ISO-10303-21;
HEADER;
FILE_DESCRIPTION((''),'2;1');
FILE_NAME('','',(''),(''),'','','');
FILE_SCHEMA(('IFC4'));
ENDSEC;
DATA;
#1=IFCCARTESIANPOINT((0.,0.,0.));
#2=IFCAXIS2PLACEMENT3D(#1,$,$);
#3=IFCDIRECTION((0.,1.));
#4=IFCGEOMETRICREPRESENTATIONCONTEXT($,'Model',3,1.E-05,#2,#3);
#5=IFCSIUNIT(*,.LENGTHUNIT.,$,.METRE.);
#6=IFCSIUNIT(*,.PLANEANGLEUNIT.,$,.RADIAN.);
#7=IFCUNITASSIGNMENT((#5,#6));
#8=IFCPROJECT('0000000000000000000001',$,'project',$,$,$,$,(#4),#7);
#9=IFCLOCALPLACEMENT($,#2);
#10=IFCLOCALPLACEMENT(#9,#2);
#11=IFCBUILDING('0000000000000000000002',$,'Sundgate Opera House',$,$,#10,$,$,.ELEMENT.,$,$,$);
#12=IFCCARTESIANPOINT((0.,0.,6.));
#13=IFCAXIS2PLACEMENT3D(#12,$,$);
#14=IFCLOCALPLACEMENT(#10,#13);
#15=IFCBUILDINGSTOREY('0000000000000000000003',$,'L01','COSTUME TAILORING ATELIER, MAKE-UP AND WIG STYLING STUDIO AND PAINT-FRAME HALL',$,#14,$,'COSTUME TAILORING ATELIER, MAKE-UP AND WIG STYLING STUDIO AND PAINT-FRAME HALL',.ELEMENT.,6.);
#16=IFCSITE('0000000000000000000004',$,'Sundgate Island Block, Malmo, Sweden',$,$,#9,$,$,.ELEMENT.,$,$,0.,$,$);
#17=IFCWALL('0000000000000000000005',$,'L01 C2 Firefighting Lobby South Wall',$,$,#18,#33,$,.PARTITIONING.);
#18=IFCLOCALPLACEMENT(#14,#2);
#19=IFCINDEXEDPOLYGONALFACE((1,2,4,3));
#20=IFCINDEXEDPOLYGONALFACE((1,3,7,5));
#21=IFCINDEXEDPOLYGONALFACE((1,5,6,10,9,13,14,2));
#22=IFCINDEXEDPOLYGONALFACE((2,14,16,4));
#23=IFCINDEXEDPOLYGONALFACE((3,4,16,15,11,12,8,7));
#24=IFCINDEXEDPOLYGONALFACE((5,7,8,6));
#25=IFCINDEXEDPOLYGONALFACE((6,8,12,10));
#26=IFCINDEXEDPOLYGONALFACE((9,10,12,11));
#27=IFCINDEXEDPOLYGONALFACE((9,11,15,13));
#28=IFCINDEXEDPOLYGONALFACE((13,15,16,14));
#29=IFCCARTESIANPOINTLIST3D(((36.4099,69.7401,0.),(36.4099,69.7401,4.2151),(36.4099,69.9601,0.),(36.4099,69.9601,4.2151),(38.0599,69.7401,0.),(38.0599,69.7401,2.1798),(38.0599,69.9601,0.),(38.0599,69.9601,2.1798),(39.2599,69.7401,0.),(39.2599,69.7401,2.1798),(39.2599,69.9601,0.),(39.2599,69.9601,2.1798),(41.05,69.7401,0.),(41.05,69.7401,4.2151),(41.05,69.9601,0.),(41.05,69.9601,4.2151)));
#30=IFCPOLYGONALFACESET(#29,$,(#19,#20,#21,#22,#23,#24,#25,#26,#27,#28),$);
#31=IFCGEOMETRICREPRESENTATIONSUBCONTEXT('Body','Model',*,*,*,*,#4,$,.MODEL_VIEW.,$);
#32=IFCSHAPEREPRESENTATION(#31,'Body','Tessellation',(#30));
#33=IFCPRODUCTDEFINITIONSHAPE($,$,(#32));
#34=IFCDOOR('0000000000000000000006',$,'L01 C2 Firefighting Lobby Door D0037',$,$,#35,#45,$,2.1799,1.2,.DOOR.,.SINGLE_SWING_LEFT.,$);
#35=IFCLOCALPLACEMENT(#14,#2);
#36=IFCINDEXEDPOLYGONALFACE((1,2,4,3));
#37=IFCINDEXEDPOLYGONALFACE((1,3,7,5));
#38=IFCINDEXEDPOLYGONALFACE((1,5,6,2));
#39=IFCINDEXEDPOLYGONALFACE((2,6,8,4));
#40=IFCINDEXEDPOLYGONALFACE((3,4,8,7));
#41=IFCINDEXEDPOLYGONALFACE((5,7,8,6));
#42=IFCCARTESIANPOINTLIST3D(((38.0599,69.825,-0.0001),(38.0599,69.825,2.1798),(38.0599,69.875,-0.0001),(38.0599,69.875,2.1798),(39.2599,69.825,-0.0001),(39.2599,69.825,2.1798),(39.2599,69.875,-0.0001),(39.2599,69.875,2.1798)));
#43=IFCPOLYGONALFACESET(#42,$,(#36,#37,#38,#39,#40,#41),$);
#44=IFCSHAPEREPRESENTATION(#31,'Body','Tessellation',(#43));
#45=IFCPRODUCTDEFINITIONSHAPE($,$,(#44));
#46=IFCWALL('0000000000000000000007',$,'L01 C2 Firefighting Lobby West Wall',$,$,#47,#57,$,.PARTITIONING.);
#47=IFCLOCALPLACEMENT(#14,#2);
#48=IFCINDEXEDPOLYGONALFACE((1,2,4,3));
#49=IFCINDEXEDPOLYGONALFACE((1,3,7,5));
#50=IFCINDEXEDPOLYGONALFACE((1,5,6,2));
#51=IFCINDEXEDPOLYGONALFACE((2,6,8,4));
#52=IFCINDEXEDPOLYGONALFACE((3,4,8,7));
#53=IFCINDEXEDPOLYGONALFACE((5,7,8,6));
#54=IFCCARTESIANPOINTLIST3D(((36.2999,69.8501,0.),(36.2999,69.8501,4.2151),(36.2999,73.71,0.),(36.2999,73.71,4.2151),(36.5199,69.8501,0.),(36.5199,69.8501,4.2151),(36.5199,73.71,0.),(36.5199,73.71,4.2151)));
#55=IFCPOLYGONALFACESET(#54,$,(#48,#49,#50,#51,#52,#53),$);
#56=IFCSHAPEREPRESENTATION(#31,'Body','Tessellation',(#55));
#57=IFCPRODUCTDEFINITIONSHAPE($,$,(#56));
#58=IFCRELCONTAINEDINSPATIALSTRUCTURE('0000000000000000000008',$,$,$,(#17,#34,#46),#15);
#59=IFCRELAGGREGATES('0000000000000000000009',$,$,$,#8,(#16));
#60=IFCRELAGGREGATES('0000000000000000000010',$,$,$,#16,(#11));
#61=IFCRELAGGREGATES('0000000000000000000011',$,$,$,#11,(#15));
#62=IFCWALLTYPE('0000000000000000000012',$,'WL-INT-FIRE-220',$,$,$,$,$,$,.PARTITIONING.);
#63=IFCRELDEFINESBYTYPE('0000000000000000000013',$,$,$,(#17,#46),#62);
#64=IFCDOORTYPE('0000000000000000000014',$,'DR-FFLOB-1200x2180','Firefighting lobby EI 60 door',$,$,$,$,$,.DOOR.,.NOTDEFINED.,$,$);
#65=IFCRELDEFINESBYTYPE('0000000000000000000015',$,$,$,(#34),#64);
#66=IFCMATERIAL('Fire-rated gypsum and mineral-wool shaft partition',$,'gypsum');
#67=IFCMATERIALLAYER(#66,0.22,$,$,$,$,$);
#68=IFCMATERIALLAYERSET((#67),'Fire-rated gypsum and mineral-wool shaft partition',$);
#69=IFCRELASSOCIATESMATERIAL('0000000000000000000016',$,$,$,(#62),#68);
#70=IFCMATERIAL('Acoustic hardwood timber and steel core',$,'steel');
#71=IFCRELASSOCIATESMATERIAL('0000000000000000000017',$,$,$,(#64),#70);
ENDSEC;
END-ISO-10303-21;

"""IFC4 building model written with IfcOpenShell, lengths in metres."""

from ifc_helpers import new_model, si_unit, direction, frame, frame_2d, origin, place, context, subcontext, project, spatial, rectangle, extrude, material, layer, layer_set, type_object, element, fill, save


model = new_model("IFC4")

# Units and contexts
model_context = context("Model", 3, precision=1e-05, world=origin(), true_north=direction((0.0, 1.0)))
body_context = subcontext(model_context, "Body", "Model", "MODEL_VIEW")
ifc_project = project(units=[si_unit("LENGTHUNIT", "METRE"), si_unit("PLANEANGLEUNIT", "RADIAN")], contexts=[model_context])

# Site, building, storey
site_placement = place(None, origin())
site = spatial("IfcSite", under=ifc_project, at=site_placement, Name="Sundgate Island Block, Malmo, Sweden", CompositionType="ELEMENT", RefElevation=0.0)
building_placement = place(site_placement, origin())
building = spatial("IfcBuilding", under=site, at=building_placement, Name="Sundgate Opera House", CompositionType="ELEMENT")
storey_placement = place(building_placement, frame((0.0, 0.0, 6.0)))
storey = spatial("IfcBuildingStorey", under=building, at=storey_placement, Name="L01", Description="COSTUME TAILORING ATELIER, MAKE-UP AND WIG STYLING STUDIO AND PAINT-FRAME HALL", LongName="COSTUME TAILORING ATELIER, MAKE-UP AND WIG STYLING STUDIO AND PAINT-FRAME HALL", CompositionType="ELEMENT", Elevation=6.0)

# Wall, opening, door
ifc_material_1 = material(Name="Fire-rated gypsum and mineral-wool shaft partition", Category="gypsum")
ifc_layer_1 = layer(ifc_material_1, 0.22)
ifc_layer_set_1 = layer_set([ifc_layer_1], Name="Fire-rated gypsum and mineral-wool shaft partition")
wall_type = type_object("IfcWallType", Name="WL-INT-FIRE-220", PredefinedType="PARTITIONING", material=ifc_layer_set_1)
wall_1_placement = place(storey_placement, frame((36.4099, 69.8501, 0.0), z_axis=(0.0, 0.0, 1.0), x_axis=(1.0, 0.0, 0.0)))
wall_1 = element("IfcWall", 1, at=wall_1_placement, inside=storey, type_object=wall_type, Name="L01 C2 Firefighting Lobby South Wall", PredefinedType="PARTITIONING", context=body_context, shape_type="SweptSolid", body=[
    extrude(rectangle(XDim=4.6401, YDim=0.22, at=frame_2d((2.3201, 0.0))), origin(), (0.0, 0.0, 1.0), 4.2151),
])
opening_placement = place(wall_1_placement, frame((1.6499, 0.0, 0.0)))
opening = element("IfcOpeningElement", 2, at=opening_placement, cuts=wall_1, PredefinedType="OPENING", context=body_context, shape_type="SweptSolid", body=[
    extrude(rectangle(XDim=1.2, YDim=2.1799, at=frame_2d((0.6001, 1.0898))), frame((0.0, 0.1199, 0.0), z_axis=(0.0, -1.0, 0.0), x_axis=(1.0, 0.0, 0.0)), (0.0, 0.0, 1.0), 0.24),
])
ifc_material_2 = material(Name="Acoustic hardwood timber and steel core", Category="steel")
door_type = type_object("IfcDoorType", Name="DR-FFLOB-1200x2180", Description="Firefighting lobby EI 60 door", OperationType="NOTDEFINED", PredefinedType="DOOR", material=ifc_material_2)
door_placement = place(opening_placement, origin())
door = element("IfcDoor", 3, at=door_placement, inside=storey, type_object=door_type, Name="L01 C2 Firefighting Lobby Door D0037", OperationType="SINGLE_SWING_LEFT", OverallHeight=2.1799, OverallWidth=1.2, PredefinedType="DOOR", context=body_context, shape_type="SweptSolid", body=[
    extrude(rectangle(XDim=1.2, YDim=2.1799, at=frame_2d((0.6001, 1.0898))), frame((0.0, 0.0249, 0.0), z_axis=(0.0, -1.0, 0.0), x_axis=(1.0, 0.0, 0.0)), (0.0, 0.0, 1.0), 0.05),
])
fill(opening, door)

# Wall
wall_2_placement = place(storey_placement, frame((36.4099, 69.8501, 0.0), z_axis=(0.0, 0.0, 1.0), x_axis=(0.0, 1.0, 0.0)))
element("IfcWall", 4, at=wall_2_placement, inside=storey, type_object=wall_type, Name="L01 C2 Firefighting Lobby West Wall", PredefinedType="PARTITIONING", context=body_context, shape_type="SweptSolid", body=[
    extrude(rectangle(XDim=3.8599, YDim=0.22, at=frame_2d((1.9299, 0.0))), origin(), (0.0, 0.0, 1.0), 4.2151),
])

save(model, "model.ifc")
